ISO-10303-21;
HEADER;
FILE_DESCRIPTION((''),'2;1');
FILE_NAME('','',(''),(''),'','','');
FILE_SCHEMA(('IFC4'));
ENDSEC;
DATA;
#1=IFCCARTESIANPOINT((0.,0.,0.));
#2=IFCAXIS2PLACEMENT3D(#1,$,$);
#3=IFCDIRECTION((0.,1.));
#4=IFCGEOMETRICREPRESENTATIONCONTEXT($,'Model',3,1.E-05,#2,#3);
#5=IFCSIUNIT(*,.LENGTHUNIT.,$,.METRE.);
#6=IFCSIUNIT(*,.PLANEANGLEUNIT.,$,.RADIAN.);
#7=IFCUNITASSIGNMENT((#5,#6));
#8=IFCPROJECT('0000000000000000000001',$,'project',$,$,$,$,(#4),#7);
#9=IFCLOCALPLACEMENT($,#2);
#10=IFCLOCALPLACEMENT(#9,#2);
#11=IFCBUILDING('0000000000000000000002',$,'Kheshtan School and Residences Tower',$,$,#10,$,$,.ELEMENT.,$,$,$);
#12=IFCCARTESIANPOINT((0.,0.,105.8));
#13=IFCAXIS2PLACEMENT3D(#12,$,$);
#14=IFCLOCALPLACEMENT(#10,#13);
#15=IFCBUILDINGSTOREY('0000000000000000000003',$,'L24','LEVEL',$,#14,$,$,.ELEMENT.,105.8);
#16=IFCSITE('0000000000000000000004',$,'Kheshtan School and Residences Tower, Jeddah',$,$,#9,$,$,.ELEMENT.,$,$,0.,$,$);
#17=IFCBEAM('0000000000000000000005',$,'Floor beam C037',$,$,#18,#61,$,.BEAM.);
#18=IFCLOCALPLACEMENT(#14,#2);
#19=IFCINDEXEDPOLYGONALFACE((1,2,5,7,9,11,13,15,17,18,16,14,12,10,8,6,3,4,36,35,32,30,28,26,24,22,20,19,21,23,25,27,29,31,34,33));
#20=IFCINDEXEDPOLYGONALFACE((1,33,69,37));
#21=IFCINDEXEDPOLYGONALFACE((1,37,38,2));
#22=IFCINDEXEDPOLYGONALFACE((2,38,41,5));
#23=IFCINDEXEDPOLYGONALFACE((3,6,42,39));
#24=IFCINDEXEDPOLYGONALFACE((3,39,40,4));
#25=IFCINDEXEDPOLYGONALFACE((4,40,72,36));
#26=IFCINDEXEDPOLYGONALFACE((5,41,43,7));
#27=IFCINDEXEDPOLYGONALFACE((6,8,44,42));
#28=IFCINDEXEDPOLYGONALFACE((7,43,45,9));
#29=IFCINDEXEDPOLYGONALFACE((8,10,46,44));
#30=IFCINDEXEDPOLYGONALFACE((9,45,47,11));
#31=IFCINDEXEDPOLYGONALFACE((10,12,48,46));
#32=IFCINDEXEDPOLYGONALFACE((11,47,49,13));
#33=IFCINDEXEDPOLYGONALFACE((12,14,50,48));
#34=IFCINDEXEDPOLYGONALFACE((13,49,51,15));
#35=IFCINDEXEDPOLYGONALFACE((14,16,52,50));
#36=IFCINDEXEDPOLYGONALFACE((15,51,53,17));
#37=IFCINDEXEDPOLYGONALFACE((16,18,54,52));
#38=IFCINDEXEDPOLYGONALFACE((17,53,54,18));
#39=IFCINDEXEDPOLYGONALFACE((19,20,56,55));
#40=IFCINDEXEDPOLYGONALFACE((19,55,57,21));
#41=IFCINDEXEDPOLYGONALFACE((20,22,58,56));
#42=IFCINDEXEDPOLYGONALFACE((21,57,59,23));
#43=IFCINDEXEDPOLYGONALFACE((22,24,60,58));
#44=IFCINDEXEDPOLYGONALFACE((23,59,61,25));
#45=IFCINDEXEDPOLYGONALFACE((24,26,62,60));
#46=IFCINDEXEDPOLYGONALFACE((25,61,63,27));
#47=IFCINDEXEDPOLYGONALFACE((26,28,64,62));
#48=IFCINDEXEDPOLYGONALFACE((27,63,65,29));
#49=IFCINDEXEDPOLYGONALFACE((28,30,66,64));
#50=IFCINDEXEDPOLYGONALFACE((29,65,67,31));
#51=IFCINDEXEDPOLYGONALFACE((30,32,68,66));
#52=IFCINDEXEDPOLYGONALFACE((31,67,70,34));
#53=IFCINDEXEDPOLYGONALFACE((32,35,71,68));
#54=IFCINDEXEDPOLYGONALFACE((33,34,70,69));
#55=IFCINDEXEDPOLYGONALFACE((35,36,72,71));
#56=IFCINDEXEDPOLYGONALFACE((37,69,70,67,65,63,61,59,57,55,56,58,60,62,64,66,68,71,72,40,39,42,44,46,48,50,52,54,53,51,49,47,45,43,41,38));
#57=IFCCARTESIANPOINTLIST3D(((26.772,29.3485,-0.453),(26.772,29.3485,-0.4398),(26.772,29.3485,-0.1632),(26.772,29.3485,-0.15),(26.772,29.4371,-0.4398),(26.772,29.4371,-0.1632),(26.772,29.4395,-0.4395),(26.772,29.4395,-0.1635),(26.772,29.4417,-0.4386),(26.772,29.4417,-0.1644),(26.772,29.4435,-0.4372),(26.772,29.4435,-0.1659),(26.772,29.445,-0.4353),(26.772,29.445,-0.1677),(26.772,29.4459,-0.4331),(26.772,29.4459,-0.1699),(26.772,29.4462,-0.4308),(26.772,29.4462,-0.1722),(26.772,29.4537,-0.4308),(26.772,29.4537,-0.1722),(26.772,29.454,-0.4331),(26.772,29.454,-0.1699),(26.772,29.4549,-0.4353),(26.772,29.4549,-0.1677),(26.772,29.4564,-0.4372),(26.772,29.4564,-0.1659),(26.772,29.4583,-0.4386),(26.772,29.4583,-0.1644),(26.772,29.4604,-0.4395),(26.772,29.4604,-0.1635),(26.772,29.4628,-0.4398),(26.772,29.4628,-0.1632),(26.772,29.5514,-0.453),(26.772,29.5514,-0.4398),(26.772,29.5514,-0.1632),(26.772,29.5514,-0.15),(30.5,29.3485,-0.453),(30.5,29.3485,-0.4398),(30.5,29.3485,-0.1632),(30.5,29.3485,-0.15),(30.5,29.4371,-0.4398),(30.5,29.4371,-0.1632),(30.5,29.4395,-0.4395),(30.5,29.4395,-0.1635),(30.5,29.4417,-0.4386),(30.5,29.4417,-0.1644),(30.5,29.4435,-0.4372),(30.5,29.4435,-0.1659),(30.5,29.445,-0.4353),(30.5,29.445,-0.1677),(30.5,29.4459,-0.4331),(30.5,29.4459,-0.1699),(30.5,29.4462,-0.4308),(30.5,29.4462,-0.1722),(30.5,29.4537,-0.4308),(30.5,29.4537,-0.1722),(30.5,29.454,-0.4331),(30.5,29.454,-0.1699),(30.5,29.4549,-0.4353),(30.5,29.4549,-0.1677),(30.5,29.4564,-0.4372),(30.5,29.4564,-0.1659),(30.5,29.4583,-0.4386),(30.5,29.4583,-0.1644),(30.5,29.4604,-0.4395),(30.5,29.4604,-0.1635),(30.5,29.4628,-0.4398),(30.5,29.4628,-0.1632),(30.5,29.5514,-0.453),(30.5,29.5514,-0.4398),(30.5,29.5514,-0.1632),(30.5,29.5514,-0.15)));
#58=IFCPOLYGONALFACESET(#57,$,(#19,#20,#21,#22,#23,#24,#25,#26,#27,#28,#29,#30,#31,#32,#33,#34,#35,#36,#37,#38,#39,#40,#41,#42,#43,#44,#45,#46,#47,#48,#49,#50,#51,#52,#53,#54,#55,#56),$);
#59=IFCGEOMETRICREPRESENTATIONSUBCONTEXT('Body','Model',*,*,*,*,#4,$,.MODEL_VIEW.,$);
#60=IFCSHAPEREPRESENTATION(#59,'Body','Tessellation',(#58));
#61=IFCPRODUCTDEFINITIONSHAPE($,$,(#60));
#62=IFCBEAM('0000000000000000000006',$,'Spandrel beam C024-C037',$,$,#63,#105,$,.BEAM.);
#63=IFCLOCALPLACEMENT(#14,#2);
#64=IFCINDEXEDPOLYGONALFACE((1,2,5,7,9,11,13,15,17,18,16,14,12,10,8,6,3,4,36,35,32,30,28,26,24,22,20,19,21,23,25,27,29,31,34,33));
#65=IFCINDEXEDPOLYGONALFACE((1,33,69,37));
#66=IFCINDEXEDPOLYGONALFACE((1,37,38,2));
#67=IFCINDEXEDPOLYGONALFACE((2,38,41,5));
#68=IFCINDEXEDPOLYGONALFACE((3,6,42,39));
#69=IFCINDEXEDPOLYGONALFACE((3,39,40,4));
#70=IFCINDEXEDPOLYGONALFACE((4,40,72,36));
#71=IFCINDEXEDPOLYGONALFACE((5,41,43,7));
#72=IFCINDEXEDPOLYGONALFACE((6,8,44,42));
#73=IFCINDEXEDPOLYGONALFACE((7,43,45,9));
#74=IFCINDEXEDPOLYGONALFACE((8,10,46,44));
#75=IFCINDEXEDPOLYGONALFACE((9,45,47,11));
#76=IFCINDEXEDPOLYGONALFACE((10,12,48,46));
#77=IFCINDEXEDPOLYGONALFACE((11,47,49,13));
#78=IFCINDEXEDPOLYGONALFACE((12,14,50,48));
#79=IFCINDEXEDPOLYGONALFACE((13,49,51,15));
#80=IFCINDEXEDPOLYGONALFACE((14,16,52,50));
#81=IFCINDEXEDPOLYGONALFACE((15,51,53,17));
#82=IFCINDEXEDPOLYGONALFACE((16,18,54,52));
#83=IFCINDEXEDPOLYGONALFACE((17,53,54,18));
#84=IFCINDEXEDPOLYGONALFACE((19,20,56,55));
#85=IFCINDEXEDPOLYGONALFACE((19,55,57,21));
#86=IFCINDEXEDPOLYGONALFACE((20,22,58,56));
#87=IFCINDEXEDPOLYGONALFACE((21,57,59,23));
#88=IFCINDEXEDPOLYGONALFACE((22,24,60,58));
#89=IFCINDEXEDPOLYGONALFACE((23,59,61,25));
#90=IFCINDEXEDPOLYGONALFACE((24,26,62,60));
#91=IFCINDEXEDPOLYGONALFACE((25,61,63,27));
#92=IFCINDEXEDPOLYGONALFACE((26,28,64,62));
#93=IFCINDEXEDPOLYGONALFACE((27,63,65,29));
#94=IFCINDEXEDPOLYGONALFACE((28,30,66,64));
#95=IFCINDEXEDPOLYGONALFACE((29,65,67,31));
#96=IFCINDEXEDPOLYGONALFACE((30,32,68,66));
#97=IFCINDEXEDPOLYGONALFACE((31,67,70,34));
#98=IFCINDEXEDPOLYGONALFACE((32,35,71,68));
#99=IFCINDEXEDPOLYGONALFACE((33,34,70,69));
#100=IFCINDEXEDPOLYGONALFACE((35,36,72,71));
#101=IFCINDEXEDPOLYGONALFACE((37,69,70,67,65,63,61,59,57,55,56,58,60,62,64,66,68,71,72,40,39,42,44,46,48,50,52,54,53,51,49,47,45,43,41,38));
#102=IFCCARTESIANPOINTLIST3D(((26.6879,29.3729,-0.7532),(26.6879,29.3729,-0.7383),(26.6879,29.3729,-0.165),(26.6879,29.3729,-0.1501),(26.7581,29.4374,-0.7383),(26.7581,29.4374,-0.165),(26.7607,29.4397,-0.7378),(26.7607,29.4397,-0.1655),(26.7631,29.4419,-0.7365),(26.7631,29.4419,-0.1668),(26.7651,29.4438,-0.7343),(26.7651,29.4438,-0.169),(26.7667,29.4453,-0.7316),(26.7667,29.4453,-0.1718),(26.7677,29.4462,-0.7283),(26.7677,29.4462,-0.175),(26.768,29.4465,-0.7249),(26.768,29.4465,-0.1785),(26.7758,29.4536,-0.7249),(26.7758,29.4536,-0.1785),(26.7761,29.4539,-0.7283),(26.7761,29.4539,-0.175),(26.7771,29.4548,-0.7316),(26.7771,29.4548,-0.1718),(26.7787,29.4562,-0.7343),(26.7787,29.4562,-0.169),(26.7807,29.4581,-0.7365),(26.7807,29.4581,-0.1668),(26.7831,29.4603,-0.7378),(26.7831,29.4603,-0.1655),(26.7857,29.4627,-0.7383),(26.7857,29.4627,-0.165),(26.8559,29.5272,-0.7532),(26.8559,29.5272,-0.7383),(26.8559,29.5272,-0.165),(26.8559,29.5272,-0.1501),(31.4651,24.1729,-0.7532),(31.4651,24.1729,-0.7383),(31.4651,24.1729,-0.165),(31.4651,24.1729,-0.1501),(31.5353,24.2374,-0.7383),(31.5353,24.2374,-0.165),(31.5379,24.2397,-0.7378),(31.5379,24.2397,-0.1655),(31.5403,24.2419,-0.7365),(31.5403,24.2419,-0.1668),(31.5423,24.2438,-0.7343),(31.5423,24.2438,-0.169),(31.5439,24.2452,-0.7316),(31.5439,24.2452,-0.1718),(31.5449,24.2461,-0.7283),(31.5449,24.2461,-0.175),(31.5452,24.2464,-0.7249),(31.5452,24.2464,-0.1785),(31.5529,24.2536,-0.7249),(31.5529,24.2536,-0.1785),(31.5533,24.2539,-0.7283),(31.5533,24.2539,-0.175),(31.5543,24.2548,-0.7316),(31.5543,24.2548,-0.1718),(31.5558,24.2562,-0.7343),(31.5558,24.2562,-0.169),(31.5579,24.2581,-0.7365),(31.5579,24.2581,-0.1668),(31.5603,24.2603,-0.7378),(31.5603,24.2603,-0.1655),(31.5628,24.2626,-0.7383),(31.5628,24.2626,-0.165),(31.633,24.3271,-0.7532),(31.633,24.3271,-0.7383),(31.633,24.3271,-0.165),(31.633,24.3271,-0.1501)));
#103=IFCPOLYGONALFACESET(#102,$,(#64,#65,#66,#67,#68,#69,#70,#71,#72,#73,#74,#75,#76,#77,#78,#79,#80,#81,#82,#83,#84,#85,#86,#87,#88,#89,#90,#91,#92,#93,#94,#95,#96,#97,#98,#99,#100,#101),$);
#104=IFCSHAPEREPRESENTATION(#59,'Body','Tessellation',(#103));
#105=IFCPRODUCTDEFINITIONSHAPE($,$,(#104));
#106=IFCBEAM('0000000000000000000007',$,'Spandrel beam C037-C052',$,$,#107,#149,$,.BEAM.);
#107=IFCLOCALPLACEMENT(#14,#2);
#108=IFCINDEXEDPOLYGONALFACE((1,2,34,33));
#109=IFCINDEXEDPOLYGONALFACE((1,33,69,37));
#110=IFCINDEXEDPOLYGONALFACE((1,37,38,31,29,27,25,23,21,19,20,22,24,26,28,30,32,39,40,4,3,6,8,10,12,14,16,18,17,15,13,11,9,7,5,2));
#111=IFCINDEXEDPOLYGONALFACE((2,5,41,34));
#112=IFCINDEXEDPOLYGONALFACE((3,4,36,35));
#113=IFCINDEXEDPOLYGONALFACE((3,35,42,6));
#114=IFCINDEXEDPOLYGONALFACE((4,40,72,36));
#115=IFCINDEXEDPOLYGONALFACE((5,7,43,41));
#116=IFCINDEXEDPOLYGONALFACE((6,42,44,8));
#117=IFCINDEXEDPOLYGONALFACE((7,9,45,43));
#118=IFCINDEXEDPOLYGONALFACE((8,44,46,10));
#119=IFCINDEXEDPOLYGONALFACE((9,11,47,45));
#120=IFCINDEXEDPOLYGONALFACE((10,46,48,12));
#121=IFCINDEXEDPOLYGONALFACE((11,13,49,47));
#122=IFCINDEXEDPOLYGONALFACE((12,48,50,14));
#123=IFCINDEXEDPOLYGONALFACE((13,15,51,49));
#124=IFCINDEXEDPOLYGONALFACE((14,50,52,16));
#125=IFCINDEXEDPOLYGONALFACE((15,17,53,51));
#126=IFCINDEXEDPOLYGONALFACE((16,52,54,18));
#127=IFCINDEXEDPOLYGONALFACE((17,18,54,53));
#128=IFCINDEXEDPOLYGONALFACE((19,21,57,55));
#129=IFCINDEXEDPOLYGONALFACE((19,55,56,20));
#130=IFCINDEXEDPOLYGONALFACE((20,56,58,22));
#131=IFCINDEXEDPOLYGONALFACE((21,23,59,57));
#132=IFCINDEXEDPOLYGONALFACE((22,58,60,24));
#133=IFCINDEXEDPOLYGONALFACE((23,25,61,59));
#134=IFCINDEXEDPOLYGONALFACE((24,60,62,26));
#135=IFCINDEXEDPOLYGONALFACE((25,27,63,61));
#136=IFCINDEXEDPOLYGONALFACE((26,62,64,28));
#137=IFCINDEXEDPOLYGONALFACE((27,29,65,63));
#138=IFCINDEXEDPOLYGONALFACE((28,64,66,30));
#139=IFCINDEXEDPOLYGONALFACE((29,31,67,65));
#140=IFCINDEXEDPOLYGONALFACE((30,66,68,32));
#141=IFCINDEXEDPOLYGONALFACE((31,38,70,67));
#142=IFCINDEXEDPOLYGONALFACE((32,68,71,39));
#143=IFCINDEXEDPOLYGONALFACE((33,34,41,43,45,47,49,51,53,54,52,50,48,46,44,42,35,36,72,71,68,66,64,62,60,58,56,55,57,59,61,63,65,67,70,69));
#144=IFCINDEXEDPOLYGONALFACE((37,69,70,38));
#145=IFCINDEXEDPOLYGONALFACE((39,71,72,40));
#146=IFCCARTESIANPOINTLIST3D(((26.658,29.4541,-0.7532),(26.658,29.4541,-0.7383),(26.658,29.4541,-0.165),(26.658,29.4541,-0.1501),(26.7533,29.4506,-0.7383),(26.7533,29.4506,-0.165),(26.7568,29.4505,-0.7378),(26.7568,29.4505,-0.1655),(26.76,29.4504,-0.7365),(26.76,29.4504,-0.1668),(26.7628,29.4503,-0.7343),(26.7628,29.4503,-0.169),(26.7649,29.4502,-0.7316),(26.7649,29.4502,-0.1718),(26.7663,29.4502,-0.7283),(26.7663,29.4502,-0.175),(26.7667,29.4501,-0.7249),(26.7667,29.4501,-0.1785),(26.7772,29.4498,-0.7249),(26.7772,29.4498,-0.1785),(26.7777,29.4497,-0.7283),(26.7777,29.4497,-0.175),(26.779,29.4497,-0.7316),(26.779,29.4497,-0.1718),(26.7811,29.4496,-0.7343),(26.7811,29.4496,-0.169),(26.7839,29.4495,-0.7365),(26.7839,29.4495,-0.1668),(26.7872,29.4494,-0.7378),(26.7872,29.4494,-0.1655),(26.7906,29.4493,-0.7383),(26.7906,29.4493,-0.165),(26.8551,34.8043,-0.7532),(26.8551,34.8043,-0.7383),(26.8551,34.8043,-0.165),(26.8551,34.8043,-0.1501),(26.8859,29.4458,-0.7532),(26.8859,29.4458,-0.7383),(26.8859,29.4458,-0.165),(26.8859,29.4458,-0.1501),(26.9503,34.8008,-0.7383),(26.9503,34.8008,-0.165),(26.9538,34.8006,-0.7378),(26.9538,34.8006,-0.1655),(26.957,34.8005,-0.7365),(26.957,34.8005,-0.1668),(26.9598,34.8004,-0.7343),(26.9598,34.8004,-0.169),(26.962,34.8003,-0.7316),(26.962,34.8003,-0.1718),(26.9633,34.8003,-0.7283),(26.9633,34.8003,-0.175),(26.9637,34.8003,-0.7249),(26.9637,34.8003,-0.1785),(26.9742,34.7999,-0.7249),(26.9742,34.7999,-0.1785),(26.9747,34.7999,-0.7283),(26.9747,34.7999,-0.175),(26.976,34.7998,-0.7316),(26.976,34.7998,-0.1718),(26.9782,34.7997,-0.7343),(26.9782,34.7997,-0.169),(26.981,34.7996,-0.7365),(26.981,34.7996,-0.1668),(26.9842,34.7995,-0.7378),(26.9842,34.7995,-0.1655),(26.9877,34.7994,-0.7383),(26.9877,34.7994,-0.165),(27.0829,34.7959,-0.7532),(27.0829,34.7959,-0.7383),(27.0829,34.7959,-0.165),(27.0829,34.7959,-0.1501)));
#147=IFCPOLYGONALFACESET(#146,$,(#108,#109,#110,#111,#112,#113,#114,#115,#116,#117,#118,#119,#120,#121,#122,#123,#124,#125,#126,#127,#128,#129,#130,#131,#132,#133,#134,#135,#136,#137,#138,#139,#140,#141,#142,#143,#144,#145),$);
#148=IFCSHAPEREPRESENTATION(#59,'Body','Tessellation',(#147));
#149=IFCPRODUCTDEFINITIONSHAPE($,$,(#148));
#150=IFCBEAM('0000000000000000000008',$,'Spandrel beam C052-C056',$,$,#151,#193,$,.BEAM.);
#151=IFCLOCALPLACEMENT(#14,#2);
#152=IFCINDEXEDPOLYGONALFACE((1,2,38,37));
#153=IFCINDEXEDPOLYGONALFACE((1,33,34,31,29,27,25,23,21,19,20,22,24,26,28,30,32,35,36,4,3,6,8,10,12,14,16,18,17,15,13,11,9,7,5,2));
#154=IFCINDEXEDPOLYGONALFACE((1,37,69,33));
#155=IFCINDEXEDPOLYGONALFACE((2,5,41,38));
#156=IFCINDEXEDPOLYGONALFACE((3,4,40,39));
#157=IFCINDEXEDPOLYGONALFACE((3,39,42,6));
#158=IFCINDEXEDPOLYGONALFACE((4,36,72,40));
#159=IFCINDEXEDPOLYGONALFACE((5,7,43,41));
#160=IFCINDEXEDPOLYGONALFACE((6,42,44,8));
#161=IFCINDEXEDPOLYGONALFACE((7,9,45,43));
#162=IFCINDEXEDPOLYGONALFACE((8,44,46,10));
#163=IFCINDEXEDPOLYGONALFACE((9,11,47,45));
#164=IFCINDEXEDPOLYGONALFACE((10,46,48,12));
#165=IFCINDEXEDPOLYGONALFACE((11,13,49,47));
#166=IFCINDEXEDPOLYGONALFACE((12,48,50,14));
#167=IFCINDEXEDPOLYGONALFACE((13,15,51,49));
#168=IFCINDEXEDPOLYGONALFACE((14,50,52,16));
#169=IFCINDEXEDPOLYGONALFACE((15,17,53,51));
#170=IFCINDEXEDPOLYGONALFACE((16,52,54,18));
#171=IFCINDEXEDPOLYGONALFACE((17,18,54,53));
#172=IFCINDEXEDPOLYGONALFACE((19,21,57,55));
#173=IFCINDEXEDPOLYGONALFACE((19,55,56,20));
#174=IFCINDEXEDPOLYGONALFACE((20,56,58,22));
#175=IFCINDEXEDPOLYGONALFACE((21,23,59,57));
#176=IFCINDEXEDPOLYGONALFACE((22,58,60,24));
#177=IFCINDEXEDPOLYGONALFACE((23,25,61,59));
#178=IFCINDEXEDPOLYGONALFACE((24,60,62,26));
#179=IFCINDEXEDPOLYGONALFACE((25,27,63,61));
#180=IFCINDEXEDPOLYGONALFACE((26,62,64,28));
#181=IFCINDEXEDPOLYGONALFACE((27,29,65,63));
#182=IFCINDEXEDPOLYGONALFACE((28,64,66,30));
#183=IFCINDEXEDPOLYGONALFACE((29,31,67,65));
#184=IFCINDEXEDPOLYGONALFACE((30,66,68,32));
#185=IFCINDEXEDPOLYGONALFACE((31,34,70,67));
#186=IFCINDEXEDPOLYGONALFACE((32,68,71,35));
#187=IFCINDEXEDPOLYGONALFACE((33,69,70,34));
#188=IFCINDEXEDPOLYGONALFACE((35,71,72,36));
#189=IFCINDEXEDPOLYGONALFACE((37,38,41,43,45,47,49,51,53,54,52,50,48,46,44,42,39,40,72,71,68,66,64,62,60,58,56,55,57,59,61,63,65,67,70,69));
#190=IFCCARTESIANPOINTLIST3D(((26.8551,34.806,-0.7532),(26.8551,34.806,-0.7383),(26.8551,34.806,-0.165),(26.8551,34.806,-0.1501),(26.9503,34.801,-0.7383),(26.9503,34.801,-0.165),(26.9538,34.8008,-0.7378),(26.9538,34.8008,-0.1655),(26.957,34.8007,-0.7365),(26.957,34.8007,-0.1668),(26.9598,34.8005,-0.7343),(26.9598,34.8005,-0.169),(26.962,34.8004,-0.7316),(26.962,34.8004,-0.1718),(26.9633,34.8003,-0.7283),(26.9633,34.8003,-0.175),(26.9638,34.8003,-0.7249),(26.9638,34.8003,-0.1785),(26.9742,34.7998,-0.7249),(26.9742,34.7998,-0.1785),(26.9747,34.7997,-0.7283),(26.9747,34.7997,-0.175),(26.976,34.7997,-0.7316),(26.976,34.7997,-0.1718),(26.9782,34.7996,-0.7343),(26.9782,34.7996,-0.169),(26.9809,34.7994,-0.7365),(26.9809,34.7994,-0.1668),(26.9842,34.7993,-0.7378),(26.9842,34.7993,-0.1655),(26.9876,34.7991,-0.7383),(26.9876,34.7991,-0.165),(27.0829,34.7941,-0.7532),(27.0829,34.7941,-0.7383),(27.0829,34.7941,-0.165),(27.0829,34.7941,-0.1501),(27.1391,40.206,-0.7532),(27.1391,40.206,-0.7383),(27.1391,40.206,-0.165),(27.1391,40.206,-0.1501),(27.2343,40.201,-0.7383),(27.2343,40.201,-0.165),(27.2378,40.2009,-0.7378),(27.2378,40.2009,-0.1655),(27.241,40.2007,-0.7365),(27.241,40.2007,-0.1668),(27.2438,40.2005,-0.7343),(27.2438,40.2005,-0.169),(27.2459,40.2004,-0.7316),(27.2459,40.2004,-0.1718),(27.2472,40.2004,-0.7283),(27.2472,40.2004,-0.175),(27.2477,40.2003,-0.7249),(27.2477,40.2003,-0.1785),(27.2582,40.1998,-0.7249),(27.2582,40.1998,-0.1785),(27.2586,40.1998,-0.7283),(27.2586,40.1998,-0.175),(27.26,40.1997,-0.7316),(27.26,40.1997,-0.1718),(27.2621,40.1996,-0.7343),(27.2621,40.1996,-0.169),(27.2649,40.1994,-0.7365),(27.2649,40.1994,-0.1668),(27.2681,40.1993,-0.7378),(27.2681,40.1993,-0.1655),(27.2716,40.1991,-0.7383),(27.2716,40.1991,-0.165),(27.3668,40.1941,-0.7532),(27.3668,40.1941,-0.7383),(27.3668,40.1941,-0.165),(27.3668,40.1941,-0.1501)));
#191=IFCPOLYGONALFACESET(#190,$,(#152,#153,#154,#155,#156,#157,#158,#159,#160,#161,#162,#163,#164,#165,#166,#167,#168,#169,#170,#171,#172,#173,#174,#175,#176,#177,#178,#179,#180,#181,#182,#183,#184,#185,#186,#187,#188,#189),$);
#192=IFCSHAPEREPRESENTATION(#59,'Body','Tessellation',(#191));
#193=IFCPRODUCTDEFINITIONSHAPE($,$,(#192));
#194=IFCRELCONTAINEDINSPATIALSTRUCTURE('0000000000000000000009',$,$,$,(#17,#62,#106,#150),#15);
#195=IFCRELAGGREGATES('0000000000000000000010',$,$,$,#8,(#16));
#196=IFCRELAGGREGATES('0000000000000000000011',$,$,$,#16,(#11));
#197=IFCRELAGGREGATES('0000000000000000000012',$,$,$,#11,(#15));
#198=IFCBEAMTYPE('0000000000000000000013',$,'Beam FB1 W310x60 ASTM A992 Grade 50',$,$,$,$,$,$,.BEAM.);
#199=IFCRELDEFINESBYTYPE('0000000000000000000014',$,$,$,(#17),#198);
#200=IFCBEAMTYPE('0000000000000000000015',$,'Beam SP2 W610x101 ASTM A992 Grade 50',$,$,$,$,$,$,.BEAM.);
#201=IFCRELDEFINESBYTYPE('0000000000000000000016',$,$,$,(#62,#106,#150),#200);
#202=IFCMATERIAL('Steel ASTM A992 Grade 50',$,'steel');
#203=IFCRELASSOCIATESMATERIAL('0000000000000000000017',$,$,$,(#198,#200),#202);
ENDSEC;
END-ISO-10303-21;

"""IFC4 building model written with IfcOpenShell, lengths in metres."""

from ifc_helpers import new_model, si_unit, direction, frame, origin, origin_2d, place, context, subcontext, project, spatial, i_section, extrude, material, material_profile, profile_set, type_object, element, save


model = new_model("IFC4")

# Units and contexts
model_context = context("Model", 3, precision=1e-05, world=origin(), true_north=direction((0.0, 1.0)))
body_context = subcontext(model_context, "Body", "Model", "MODEL_VIEW")
ifc_project = project(units=[si_unit("LENGTHUNIT", "METRE"), si_unit("PLANEANGLEUNIT", "RADIAN")], contexts=[model_context])

# Site, building, storey
site_placement = place(None, origin())
site = spatial("IfcSite", under=ifc_project, at=site_placement, Name="Kheshtan School and Residences Tower, Jeddah", CompositionType="ELEMENT", RefElevation=0.0)
building_placement = place(site_placement, origin())
building = spatial("IfcBuilding", under=site, at=building_placement, Name="Kheshtan School and Residences Tower", CompositionType="ELEMENT")
storey_placement = place(building_placement, frame((0.0, 0.0, 105.8)))
storey = spatial("IfcBuildingStorey", under=building, at=storey_placement, Name="L24", Description="LEVEL", CompositionType="ELEMENT", Elevation=105.8)

# Shared definitions
ifc_material_1 = material(Name="Steel ASTM A992 Grade 50", Category="steel")

# Beams
ifc_material_profile_1 = material_profile(ifc_material_1, i_section(OverallWidth=0.2029, OverallDepth=0.303, WebThickness=0.0076, FlangeThickness=0.0132, FilletRadius=0.009, at=origin_2d()), Name="W310x60")
ifc_profile_set_1 = profile_set([ifc_material_profile_1], Name="Steel ASTM A992 Grade 50")
beam_type_1 = type_object("IfcBeamType", Name="Beam FB1 W310x60 ASTM A992 Grade 50", PredefinedType="BEAM", material=ifc_profile_set_1)
beam_1_placement = place(storey_placement, frame((26.772, 29.45, -0.3015), z_axis=(1.0, 0.0, 0.0), x_axis=(0.0, 1.0, 0.0)))
element("IfcBeam", 1, at=beam_1_placement, inside=storey, type_object=beam_type_1, Name="Floor beam C037", PredefinedType="BEAM", context=body_context, shape_type="SweptSolid", body=[
    extrude(i_section(OverallWidth=0.2029, OverallDepth=0.303, WebThickness=0.0076, FlangeThickness=0.0132, FilletRadius=0.009, at=origin_2d()), origin(), (0.0, 0.0, 1.0), 3.728),
])
ifc_material_profile_2 = material_profile(ifc_material_1, i_section(OverallWidth=0.228, OverallDepth=0.603, WebThickness=0.0105, FlangeThickness=0.0149, FilletRadius=0.0134, at=origin_2d()), Name="W610x101")
ifc_profile_set_2 = profile_set([ifc_material_profile_2], Name="Steel ASTM A992 Grade 50")
beam_type_2 = type_object("IfcBeamType", Name="Beam SP2 W610x101 ASTM A992 Grade 50", PredefinedType="BEAM", material=ifc_profile_set_2)
beam_2_placement = place(storey_placement, frame((31.5491, 24.25, -0.4517), z_axis=(-0.676531, 0.736415, 0.0), x_axis=(-0.736415, -0.676531, 0.0)))
element("IfcBeam", 2, at=beam_2_placement, inside=storey, type_object=beam_type_2, Name="Spandrel beam C024-C037", PredefinedType="BEAM", context=body_context, shape_type="SweptSolid", body=[
    extrude(i_section(OverallWidth=0.228, OverallDepth=0.603, WebThickness=0.0105, FlangeThickness=0.0149, FilletRadius=0.0134, at=origin_2d()), origin(), (0.0, 0.0, 1.0), 7.0613),
])
beam_3_placement = place(storey_placement, frame((26.772, 29.45, -0.4517), z_axis=(0.036801, 0.999323, 0.0), x_axis=(-0.999323, 0.036801, 0.0)))
element("IfcBeam", 3, at=beam_3_placement, inside=storey, type_object=beam_type_2, Name="Spandrel beam C037-C052", PredefinedType="BEAM", context=body_context, shape_type="SweptSolid", body=[
    extrude(i_section(OverallWidth=0.228, OverallDepth=0.603, WebThickness=0.0105, FlangeThickness=0.0149, FilletRadius=0.0134, at=origin_2d()), origin(), (0.0, 0.0, 1.0), 5.3538),
])
beam_4_placement = place(storey_placement, frame((26.969, 34.8, -0.4517), z_axis=(0.052509, 0.99862, 0.0), x_axis=(-0.99862, 0.052509, 0.0)))
element("IfcBeam", 4, at=beam_4_placement, inside=storey, type_object=beam_type_2, Name="Spandrel beam C052-C056", PredefinedType="BEAM", context=body_context, shape_type="SweptSolid", body=[
    extrude(i_section(OverallWidth=0.228, OverallDepth=0.603, WebThickness=0.0105, FlangeThickness=0.0149, FilletRadius=0.0134, at=origin_2d()), origin(), (0.0, 0.0, 1.0), 5.4075),
])

save(model, "model.ifc")
